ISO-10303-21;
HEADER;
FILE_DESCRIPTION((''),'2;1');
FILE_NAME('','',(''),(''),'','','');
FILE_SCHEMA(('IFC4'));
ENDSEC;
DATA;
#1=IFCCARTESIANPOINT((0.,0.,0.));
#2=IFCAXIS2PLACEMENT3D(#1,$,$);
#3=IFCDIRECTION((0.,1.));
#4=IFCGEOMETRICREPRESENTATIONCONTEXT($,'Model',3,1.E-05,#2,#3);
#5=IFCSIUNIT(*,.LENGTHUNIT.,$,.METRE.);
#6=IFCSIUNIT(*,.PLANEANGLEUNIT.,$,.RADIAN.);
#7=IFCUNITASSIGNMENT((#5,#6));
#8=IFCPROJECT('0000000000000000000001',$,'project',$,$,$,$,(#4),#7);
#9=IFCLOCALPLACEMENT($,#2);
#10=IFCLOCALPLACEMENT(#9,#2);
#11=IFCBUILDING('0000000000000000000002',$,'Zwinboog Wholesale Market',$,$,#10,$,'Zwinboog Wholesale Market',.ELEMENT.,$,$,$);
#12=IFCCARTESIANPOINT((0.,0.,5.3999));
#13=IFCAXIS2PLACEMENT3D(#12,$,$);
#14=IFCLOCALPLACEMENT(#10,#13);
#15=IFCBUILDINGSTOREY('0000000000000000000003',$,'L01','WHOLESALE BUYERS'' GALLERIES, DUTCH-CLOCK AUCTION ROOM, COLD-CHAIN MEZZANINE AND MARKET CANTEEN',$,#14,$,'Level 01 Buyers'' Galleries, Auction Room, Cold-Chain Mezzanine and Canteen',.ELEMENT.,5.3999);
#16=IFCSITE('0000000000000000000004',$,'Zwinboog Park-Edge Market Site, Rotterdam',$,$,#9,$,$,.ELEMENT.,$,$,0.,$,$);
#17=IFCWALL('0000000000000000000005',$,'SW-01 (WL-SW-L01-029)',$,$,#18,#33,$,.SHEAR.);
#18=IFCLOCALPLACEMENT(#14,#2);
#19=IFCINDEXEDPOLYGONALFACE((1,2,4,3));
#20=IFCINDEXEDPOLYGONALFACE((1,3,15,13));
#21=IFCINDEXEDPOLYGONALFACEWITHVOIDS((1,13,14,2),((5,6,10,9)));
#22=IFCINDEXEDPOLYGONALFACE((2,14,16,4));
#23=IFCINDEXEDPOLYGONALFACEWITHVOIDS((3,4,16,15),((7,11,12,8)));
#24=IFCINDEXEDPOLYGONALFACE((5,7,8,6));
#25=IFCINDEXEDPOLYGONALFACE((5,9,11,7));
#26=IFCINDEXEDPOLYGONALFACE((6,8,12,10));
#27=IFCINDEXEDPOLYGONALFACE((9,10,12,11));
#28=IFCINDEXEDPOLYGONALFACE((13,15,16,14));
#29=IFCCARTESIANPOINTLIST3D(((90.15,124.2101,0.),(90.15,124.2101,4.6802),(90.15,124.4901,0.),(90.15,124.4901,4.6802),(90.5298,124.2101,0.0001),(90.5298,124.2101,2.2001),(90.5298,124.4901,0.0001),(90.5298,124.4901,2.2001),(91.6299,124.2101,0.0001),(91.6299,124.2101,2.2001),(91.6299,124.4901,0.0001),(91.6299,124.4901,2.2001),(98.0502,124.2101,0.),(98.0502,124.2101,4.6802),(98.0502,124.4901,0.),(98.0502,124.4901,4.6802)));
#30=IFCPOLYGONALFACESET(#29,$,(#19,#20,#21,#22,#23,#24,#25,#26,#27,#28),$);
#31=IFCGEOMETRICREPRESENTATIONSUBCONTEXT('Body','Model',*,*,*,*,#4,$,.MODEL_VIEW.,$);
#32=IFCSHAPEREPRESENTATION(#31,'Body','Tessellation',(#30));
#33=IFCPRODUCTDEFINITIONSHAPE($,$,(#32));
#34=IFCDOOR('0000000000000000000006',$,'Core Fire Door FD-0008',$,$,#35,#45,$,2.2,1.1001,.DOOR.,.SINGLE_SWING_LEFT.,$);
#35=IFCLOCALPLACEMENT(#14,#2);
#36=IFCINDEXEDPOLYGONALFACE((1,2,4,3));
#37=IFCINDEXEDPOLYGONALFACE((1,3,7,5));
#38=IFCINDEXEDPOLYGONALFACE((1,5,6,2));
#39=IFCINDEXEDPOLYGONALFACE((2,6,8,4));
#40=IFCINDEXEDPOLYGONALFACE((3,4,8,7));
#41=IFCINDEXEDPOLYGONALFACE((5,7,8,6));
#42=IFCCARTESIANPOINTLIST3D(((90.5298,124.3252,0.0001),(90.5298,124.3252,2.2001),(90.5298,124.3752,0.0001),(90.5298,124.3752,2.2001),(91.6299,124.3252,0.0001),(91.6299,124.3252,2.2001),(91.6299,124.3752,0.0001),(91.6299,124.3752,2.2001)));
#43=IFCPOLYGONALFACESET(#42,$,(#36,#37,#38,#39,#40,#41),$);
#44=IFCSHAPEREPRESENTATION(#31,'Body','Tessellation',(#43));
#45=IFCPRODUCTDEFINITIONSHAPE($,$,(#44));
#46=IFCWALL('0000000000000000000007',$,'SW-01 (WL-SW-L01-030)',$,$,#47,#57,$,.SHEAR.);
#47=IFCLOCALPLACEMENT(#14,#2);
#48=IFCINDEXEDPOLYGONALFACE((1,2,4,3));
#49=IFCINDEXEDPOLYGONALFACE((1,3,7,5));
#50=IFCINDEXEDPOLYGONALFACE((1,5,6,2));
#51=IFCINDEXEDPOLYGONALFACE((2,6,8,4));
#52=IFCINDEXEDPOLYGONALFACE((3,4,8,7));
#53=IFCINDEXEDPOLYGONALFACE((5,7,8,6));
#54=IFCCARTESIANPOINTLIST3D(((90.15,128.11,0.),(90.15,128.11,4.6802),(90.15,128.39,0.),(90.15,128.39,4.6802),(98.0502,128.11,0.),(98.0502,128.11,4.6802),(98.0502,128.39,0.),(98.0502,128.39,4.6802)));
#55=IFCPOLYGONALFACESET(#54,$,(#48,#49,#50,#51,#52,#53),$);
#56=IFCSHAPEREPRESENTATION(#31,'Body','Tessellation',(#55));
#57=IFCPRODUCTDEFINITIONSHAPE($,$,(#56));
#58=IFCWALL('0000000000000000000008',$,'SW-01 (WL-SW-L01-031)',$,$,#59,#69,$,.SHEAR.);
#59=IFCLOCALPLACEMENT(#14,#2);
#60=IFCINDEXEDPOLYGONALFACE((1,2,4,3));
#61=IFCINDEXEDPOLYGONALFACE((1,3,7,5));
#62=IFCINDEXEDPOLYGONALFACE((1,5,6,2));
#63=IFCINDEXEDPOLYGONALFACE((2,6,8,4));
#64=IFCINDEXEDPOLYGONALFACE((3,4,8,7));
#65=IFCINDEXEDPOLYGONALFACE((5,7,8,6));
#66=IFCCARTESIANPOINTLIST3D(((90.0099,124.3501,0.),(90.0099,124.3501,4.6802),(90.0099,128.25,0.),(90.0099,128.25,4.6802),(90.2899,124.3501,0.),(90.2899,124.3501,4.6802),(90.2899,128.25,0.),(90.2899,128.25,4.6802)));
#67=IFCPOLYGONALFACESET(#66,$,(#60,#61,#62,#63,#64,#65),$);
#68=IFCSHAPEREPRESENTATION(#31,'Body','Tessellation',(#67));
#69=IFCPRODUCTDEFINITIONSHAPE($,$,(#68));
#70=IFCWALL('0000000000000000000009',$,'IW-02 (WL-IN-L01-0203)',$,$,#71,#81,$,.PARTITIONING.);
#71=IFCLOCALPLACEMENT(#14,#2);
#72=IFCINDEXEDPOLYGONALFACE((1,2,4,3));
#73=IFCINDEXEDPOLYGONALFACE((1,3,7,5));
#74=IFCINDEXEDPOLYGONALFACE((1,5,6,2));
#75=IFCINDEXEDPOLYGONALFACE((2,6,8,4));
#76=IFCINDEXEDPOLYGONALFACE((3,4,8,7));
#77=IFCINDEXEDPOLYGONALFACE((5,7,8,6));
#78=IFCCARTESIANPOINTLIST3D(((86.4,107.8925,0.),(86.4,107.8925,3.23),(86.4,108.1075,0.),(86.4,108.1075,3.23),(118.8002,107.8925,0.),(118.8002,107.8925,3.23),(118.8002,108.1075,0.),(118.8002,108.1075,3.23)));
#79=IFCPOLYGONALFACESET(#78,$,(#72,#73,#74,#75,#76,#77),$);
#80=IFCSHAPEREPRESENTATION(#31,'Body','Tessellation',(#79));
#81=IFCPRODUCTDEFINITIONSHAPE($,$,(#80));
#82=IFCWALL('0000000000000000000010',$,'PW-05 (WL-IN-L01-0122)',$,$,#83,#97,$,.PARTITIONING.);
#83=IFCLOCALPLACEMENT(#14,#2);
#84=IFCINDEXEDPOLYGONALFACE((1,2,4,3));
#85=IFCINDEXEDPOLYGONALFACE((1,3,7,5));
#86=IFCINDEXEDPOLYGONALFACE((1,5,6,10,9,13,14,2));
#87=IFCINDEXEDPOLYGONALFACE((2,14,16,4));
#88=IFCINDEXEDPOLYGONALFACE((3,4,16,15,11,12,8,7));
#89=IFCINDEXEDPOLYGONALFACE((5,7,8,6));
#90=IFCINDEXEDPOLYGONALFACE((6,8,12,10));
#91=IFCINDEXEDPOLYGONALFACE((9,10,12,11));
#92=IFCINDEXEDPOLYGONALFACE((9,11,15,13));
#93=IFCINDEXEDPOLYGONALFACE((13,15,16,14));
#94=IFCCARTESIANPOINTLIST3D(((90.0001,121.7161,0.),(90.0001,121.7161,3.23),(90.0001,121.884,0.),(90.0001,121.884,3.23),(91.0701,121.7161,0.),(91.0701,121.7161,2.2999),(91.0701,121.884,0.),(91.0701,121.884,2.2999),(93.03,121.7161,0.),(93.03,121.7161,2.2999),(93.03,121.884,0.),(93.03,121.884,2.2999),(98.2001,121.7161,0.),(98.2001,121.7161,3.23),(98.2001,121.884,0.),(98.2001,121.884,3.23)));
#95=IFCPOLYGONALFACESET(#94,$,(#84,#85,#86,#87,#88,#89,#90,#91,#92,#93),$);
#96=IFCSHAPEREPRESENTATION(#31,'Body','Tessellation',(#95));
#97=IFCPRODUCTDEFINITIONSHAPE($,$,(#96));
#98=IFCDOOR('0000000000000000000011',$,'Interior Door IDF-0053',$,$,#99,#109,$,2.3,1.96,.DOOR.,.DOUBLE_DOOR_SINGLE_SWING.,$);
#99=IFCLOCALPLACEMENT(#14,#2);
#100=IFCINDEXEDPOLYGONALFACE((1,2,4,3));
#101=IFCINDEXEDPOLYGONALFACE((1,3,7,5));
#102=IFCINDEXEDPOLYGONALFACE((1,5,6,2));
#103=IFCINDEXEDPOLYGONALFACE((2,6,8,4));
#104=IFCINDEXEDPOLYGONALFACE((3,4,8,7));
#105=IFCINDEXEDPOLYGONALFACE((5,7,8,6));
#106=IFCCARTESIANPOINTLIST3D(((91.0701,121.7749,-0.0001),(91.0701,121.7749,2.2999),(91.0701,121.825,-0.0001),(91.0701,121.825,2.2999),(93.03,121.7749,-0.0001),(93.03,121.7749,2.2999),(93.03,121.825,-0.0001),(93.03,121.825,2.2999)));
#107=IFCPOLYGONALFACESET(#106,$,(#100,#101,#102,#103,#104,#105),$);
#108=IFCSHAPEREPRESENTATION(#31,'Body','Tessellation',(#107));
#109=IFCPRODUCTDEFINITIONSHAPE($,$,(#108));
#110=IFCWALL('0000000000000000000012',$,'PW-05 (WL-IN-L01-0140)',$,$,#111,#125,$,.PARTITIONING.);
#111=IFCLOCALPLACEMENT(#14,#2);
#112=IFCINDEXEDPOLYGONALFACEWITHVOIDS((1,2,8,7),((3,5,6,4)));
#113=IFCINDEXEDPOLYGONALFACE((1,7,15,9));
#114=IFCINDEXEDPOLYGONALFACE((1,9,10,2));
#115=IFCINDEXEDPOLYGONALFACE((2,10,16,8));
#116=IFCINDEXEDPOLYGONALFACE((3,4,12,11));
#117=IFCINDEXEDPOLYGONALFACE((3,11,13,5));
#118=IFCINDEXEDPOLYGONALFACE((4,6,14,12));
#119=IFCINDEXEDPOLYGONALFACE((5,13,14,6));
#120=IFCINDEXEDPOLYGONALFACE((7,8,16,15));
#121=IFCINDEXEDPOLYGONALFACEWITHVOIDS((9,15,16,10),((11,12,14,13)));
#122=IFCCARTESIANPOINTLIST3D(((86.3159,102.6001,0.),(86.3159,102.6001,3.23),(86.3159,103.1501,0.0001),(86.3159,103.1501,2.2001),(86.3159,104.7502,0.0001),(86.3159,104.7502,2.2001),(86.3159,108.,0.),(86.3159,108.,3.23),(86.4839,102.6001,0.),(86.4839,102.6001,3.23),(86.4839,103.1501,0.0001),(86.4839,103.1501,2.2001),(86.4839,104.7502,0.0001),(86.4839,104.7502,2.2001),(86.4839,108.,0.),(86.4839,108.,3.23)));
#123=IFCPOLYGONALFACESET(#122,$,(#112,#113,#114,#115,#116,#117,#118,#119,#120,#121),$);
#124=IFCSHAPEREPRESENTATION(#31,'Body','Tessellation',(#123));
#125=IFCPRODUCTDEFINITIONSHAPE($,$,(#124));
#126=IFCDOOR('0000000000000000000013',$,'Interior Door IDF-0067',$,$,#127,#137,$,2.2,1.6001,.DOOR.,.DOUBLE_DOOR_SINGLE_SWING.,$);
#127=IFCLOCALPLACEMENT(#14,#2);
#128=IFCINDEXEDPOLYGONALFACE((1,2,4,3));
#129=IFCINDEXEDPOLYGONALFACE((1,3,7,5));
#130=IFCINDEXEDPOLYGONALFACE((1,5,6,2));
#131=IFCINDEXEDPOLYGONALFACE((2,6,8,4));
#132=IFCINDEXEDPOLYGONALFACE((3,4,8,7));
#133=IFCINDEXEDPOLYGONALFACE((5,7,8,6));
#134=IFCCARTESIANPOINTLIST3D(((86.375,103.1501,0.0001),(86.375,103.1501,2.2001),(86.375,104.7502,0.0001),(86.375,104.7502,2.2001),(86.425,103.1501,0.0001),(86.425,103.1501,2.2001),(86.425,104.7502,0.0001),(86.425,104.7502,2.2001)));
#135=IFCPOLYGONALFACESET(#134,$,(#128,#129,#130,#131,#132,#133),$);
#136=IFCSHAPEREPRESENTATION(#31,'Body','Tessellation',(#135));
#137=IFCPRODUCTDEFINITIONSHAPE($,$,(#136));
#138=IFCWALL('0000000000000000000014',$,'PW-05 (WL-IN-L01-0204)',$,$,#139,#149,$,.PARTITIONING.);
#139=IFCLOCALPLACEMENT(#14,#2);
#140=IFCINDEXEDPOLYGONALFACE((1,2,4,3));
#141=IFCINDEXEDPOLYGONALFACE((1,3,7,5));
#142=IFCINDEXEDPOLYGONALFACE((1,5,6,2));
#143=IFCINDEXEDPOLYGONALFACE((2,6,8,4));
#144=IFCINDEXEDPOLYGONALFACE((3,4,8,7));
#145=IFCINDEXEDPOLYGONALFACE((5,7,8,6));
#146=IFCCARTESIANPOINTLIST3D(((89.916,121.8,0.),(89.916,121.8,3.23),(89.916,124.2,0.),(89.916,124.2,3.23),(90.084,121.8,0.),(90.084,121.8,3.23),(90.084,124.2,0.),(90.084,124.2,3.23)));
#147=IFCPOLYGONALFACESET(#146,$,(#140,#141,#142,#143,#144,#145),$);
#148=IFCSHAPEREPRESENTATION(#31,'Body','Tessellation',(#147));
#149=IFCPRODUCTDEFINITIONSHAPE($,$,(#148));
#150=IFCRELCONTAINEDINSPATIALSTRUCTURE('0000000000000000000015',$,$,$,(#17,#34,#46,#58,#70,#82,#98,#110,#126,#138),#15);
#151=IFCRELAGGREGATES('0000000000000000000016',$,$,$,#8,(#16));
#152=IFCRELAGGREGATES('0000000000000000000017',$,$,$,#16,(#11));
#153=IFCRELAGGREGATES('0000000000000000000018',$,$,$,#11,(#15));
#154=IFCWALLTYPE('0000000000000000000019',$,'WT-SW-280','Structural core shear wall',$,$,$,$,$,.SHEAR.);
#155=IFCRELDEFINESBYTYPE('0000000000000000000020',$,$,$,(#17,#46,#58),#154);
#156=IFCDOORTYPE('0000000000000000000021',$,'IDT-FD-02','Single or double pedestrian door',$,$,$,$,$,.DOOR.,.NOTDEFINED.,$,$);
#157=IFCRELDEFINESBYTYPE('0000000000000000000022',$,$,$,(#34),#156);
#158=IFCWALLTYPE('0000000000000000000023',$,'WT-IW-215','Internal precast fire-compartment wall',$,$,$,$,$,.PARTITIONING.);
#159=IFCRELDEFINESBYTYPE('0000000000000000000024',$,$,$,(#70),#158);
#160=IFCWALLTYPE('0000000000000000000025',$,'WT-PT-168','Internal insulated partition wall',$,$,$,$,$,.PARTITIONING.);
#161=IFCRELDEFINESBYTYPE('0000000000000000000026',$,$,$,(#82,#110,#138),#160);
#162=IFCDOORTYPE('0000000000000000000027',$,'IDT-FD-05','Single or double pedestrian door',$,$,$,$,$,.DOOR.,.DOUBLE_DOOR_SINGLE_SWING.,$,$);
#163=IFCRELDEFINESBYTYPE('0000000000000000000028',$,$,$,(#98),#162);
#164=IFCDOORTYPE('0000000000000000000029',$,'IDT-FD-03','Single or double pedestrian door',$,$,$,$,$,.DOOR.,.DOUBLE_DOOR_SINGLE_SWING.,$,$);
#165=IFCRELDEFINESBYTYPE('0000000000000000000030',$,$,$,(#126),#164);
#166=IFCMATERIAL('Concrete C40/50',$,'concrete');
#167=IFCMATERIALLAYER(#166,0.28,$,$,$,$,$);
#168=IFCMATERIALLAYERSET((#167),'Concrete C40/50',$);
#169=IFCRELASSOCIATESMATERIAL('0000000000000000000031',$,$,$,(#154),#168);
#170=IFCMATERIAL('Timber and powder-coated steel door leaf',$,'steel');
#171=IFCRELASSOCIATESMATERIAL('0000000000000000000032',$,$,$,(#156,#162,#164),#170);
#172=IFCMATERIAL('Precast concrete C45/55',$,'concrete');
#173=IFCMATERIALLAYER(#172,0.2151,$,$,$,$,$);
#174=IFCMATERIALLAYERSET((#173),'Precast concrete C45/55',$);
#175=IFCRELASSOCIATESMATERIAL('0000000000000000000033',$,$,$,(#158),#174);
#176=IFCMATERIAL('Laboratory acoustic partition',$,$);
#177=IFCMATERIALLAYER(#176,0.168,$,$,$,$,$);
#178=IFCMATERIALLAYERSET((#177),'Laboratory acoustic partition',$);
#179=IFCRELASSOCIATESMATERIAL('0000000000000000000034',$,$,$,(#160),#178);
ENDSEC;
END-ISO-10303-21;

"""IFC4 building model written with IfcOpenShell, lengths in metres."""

from ifc_helpers import new_model, si_unit, direction, frame, frame_2d, origin, place, context, subcontext, project, spatial, rectangle, extrude, material, layer, layer_set, type_object, element, fill, save


model = new_model("IFC4")

# Units and contexts
model_context = context("Model", 3, precision=1e-05, world=origin(), true_north=direction((0.0, 1.0)))
body_context = subcontext(model_context, "Body", "Model", "MODEL_VIEW")
ifc_project = project(units=[si_unit("LENGTHUNIT", "METRE"), si_unit("PLANEANGLEUNIT", "RADIAN")], contexts=[model_context])

# Site, building, storey
site_placement = place(None, origin())
site = spatial("IfcSite", under=ifc_project, at=site_placement, Name="Zwinboog Park-Edge Market Site, Rotterdam", CompositionType="ELEMENT", RefElevation=0.0)
building_placement = place(site_placement, origin())
building = spatial("IfcBuilding", under=site, at=building_placement, Name="Zwinboog Wholesale Market", LongName="Zwinboog Wholesale Market", CompositionType="ELEMENT")
storey_placement = place(building_placement, frame((0.0, 0.0, 5.3999)))
storey = spatial("IfcBuildingStorey", under=building, at=storey_placement, Name="L01", Description="WHOLESALE BUYERS' GALLERIES, DUTCH-CLOCK AUCTION ROOM, COLD-CHAIN MEZZANINE AND MARKET CANTEEN", LongName="Level 01 Buyers' Galleries, Auction Room, Cold-Chain Mezzanine and Canteen", CompositionType="ELEMENT", Elevation=5.3999)

# Shared definitions
ifc_material_1 = material(Name="Precast concrete C45/55", Category="concrete")

# Wall, opening, door
ifc_material_2 = material(Name="Concrete C40/50", Category="concrete")
ifc_layer_1 = layer(ifc_material_2, 0.28)
ifc_layer_set_1 = layer_set([ifc_layer_1], Name="Concrete C40/50")
wall_type_1 = type_object("IfcWallType", Name="WT-SW-280", Description="Structural core shear wall", PredefinedType="SHEAR", material=ifc_layer_set_1)
wall_1_placement = place(storey_placement, frame((90.1499, 124.3501, 0.0), z_axis=(0.0, 0.0, 1.0), x_axis=(1.0, 0.0, 0.0)))
wall_1 = element("IfcWall", 1, at=wall_1_placement, inside=storey, type_object=wall_type_1, Name="SW-01 (WL-SW-L01-029)", PredefinedType="SHEAR", context=body_context, shape_type="SweptSolid", body=[
    extrude(rectangle(XDim=7.9001, YDim=0.28, at=frame_2d((3.9502, 0.0))), origin(), (0.0, 0.0, 1.0), 4.6802),
])
opening_1_placement = place(wall_1_placement, frame((0.3799, 0.0, 0.0)))
opening_1 = element("IfcOpeningElement", 2, at=opening_1_placement, cuts=wall_1, PredefinedType="OPENING", context=body_context, shape_type="SweptSolid", body=[
    extrude(rectangle(XDim=1.1001, YDim=2.2, at=frame_2d((0.55, 1.1001))), frame((0.0, 0.1499, 0.0), z_axis=(0.0, -1.0, 0.0), x_axis=(1.0, 0.0, 0.0)), (0.0, 0.0, 1.0), 0.3),
])
ifc_material_3 = material(Name="Timber and powder-coated steel door leaf", Category="steel")
door_type_1 = type_object("IfcDoorType", Name="IDT-FD-02", Description="Single or double pedestrian door", OperationType="NOTDEFINED", PredefinedType="DOOR", material=ifc_material_3)
door_1_placement = place(opening_1_placement, frame((1.1001, 0.0, 0.0), z_axis=(0.0, 0.0, 1.0), x_axis=(-1.0, 0.0, 0.0)))
door_1 = element("IfcDoor", 3, at=door_1_placement, inside=storey, type_object=door_type_1, Name="Core Fire Door FD-0008", OperationType="SINGLE_SWING_LEFT", OverallHeight=2.2, OverallWidth=1.1001, PredefinedType="DOOR", context=body_context, shape_type="SweptSolid", body=[
    extrude(rectangle(XDim=1.1001, YDim=2.2, at=frame_2d((0.55, 1.1001))), frame((0.0, 0.0249, 0.0), z_axis=(0.0, -1.0, 0.0), x_axis=(1.0, 0.0, 0.0)), (0.0, 0.0, 1.0), 0.05),
])
fill(opening_1, door_1)

# Walls
wall_2_placement = place(storey_placement, frame((90.1499, 128.25, 0.0), z_axis=(0.0, 0.0, 1.0), x_axis=(1.0, 0.0, 0.0)))
element("IfcWall", 4, at=wall_2_placement, inside=storey, type_object=wall_type_1, Name="SW-01 (WL-SW-L01-030)", PredefinedType="SHEAR", context=body_context, shape_type="SweptSolid", body=[
    extrude(rectangle(XDim=7.9001, YDim=0.28, at=frame_2d((3.9502, 0.0))), origin(), (0.0, 0.0, 1.0), 4.6802),
])
wall_3_placement = place(storey_placement, frame((90.1499, 124.3501, 0.0), z_axis=(0.0, 0.0, 1.0), x_axis=(0.0, 1.0, 0.0)))
element("IfcWall", 5, at=wall_3_placement, inside=storey, type_object=wall_type_1, Name="SW-01 (WL-SW-L01-031)", PredefinedType="SHEAR", context=body_context, shape_type="SweptSolid", body=[
    extrude(rectangle(XDim=3.8999, YDim=0.28, at=frame_2d((1.95, 0.0))), origin(), (0.0, 0.0, 1.0), 4.6802),
])
ifc_layer_2 = layer(ifc_material_1, 0.2151)
ifc_layer_set_2 = layer_set([ifc_layer_2], Name="Precast concrete C45/55")
wall_type_2 = type_object("IfcWallType", Name="WT-IW-215", Description="Internal precast fire-compartment wall", PredefinedType="PARTITIONING", material=ifc_layer_set_2)
wall_4_placement = place(storey_placement, frame((86.3999, 108.0, 0.0), z_axis=(0.0, 0.0, 1.0), x_axis=(1.0, 0.0, 0.0)))
element("IfcWall", 6, at=wall_4_placement, inside=storey, type_object=wall_type_2, Name="IW-02 (WL-IN-L01-0203)", PredefinedType="PARTITIONING", context=body_context, shape_type="SweptSolid", body=[
    extrude(rectangle(XDim=32.4001, YDim=0.2151, at=frame_2d((16.2002, 0.0))), origin(), (0.0, 0.0, 1.0), 3.23),
])

# Walls, openings, doors
ifc_material_4 = material(Name="Laboratory acoustic partition")
ifc_layer_3 = layer(ifc_material_4, 0.168)
ifc_layer_set_3 = layer_set([ifc_layer_3], Name="Laboratory acoustic partition")
wall_type_3 = type_object("IfcWallType", Name="WT-PT-168", Description="Internal insulated partition wall", PredefinedType="PARTITIONING", material=ifc_layer_set_3)
wall_5_placement = place(storey_placement, frame((90.0, 121.8, 0.0), z_axis=(0.0, 0.0, 1.0), x_axis=(1.0, 0.0, 0.0)))
wall_5 = element("IfcWall", 7, at=wall_5_placement, inside=storey, type_object=wall_type_3, Name="PW-05 (WL-IN-L01-0122)", PredefinedType="PARTITIONING", context=body_context, shape_type="SweptSolid", body=[
    extrude(rectangle(XDim=8.2, YDim=0.168, at=frame_2d((4.1001, 0.0))), origin(), (0.0, 0.0, 1.0), 3.23),
])
opening_2_placement = place(wall_5_placement, frame((1.0701, 0.0, 0.0)))
opening_2 = element("IfcOpeningElement", 8, at=opening_2_placement, cuts=wall_5, PredefinedType="OPENING", context=body_context, shape_type="SweptSolid", body=[
    extrude(rectangle(XDim=1.96, YDim=2.3, at=frame_2d((0.98, 1.1499))), frame((0.0, 0.094, 0.0), z_axis=(0.0, -1.0, 0.0), x_axis=(1.0, 0.0, 0.0)), (0.0, 0.0, 1.0), 0.188),
])
door_type_2 = type_object("IfcDoorType", Name="IDT-FD-05", Description="Single or double pedestrian door", OperationType="DOUBLE_DOOR_SINGLE_SWING", PredefinedType="DOOR", material=ifc_material_3)
door_2_placement = place(opening_2_placement, origin())
door_2 = element("IfcDoor", 9, at=door_2_placement, inside=storey, type_object=door_type_2, Name="Interior Door IDF-0053", OperationType="DOUBLE_DOOR_SINGLE_SWING", OverallHeight=2.3, OverallWidth=1.96, PredefinedType="DOOR", context=body_context, shape_type="SweptSolid", body=[
    extrude(rectangle(XDim=1.96, YDim=2.3, at=frame_2d((0.98, 1.1499))), frame((0.0, 0.0249, 0.0), z_axis=(0.0, -1.0, 0.0), x_axis=(1.0, 0.0, 0.0)), (0.0, 0.0, 1.0), 0.05),
])
fill(opening_2, door_2)
wall_6_placement = place(storey_placement, frame((86.3999, 102.6001, 0.0), z_axis=(0.0, 0.0, 1.0), x_axis=(0.0, 1.0, 0.0)))
wall_6 = element("IfcWall", 10, at=wall_6_placement, inside=storey, type_object=wall_type_3, Name="PW-05 (WL-IN-L01-0140)", PredefinedType="PARTITIONING", context=body_context, shape_type="SweptSolid", body=[
    extrude(rectangle(XDim=5.3999, YDim=0.168, at=frame_2d((2.7, 0.0))), origin(), (0.0, 0.0, 1.0), 3.23),
])
opening_3_placement = place(wall_6_placement, frame((0.55, 0.0, 0.0)))
opening_3 = element("IfcOpeningElement", 11, at=opening_3_placement, cuts=wall_6, PredefinedType="OPENING", context=body_context, shape_type="SweptSolid", body=[
    extrude(rectangle(XDim=1.6001, YDim=2.2, at=frame_2d((0.8, 1.1001))), frame((0.0, 0.094, 0.0), z_axis=(0.0, -1.0, 0.0), x_axis=(1.0, 0.0, 0.0)), (0.0, 0.0, 1.0), 0.188),
])
door_type_3 = type_object("IfcDoorType", Name="IDT-FD-03", Description="Single or double pedestrian door", OperationType="DOUBLE_DOOR_SINGLE_SWING", PredefinedType="DOOR", material=ifc_material_3)
door_3_placement = place(opening_3_placement, origin())
door_3 = element("IfcDoor", 12, at=door_3_placement, inside=storey, type_object=door_type_3, Name="Interior Door IDF-0067", OperationType="DOUBLE_DOOR_SINGLE_SWING", OverallHeight=2.2, OverallWidth=1.6001, PredefinedType="DOOR", context=body_context, shape_type="SweptSolid", body=[
    extrude(rectangle(XDim=1.6001, YDim=2.2, at=frame_2d((0.8, 1.1001))), frame((0.0, 0.0249, 0.0), z_axis=(0.0, -1.0, 0.0), x_axis=(1.0, 0.0, 0.0)), (0.0, 0.0, 1.0), 0.05),
])
fill(opening_3, door_3)

# Wall
wall_7_placement = place(storey_placement, frame((90.0, 121.8, 0.0), z_axis=(0.0, 0.0, 1.0), x_axis=(0.0, 1.0, 0.0)))
element("IfcWall", 13, at=wall_7_placement, inside=storey, type_object=wall_type_3, Name="PW-05 (WL-IN-L01-0204)", PredefinedType="PARTITIONING", context=body_context, shape_type="SweptSolid", body=[
    extrude(rectangle(XDim=2.3999, YDim=0.168, at=frame_2d((1.2, 0.0))), origin(), (0.0, 0.0, 1.0), 3.23),
])

save(model, "model.ifc")
